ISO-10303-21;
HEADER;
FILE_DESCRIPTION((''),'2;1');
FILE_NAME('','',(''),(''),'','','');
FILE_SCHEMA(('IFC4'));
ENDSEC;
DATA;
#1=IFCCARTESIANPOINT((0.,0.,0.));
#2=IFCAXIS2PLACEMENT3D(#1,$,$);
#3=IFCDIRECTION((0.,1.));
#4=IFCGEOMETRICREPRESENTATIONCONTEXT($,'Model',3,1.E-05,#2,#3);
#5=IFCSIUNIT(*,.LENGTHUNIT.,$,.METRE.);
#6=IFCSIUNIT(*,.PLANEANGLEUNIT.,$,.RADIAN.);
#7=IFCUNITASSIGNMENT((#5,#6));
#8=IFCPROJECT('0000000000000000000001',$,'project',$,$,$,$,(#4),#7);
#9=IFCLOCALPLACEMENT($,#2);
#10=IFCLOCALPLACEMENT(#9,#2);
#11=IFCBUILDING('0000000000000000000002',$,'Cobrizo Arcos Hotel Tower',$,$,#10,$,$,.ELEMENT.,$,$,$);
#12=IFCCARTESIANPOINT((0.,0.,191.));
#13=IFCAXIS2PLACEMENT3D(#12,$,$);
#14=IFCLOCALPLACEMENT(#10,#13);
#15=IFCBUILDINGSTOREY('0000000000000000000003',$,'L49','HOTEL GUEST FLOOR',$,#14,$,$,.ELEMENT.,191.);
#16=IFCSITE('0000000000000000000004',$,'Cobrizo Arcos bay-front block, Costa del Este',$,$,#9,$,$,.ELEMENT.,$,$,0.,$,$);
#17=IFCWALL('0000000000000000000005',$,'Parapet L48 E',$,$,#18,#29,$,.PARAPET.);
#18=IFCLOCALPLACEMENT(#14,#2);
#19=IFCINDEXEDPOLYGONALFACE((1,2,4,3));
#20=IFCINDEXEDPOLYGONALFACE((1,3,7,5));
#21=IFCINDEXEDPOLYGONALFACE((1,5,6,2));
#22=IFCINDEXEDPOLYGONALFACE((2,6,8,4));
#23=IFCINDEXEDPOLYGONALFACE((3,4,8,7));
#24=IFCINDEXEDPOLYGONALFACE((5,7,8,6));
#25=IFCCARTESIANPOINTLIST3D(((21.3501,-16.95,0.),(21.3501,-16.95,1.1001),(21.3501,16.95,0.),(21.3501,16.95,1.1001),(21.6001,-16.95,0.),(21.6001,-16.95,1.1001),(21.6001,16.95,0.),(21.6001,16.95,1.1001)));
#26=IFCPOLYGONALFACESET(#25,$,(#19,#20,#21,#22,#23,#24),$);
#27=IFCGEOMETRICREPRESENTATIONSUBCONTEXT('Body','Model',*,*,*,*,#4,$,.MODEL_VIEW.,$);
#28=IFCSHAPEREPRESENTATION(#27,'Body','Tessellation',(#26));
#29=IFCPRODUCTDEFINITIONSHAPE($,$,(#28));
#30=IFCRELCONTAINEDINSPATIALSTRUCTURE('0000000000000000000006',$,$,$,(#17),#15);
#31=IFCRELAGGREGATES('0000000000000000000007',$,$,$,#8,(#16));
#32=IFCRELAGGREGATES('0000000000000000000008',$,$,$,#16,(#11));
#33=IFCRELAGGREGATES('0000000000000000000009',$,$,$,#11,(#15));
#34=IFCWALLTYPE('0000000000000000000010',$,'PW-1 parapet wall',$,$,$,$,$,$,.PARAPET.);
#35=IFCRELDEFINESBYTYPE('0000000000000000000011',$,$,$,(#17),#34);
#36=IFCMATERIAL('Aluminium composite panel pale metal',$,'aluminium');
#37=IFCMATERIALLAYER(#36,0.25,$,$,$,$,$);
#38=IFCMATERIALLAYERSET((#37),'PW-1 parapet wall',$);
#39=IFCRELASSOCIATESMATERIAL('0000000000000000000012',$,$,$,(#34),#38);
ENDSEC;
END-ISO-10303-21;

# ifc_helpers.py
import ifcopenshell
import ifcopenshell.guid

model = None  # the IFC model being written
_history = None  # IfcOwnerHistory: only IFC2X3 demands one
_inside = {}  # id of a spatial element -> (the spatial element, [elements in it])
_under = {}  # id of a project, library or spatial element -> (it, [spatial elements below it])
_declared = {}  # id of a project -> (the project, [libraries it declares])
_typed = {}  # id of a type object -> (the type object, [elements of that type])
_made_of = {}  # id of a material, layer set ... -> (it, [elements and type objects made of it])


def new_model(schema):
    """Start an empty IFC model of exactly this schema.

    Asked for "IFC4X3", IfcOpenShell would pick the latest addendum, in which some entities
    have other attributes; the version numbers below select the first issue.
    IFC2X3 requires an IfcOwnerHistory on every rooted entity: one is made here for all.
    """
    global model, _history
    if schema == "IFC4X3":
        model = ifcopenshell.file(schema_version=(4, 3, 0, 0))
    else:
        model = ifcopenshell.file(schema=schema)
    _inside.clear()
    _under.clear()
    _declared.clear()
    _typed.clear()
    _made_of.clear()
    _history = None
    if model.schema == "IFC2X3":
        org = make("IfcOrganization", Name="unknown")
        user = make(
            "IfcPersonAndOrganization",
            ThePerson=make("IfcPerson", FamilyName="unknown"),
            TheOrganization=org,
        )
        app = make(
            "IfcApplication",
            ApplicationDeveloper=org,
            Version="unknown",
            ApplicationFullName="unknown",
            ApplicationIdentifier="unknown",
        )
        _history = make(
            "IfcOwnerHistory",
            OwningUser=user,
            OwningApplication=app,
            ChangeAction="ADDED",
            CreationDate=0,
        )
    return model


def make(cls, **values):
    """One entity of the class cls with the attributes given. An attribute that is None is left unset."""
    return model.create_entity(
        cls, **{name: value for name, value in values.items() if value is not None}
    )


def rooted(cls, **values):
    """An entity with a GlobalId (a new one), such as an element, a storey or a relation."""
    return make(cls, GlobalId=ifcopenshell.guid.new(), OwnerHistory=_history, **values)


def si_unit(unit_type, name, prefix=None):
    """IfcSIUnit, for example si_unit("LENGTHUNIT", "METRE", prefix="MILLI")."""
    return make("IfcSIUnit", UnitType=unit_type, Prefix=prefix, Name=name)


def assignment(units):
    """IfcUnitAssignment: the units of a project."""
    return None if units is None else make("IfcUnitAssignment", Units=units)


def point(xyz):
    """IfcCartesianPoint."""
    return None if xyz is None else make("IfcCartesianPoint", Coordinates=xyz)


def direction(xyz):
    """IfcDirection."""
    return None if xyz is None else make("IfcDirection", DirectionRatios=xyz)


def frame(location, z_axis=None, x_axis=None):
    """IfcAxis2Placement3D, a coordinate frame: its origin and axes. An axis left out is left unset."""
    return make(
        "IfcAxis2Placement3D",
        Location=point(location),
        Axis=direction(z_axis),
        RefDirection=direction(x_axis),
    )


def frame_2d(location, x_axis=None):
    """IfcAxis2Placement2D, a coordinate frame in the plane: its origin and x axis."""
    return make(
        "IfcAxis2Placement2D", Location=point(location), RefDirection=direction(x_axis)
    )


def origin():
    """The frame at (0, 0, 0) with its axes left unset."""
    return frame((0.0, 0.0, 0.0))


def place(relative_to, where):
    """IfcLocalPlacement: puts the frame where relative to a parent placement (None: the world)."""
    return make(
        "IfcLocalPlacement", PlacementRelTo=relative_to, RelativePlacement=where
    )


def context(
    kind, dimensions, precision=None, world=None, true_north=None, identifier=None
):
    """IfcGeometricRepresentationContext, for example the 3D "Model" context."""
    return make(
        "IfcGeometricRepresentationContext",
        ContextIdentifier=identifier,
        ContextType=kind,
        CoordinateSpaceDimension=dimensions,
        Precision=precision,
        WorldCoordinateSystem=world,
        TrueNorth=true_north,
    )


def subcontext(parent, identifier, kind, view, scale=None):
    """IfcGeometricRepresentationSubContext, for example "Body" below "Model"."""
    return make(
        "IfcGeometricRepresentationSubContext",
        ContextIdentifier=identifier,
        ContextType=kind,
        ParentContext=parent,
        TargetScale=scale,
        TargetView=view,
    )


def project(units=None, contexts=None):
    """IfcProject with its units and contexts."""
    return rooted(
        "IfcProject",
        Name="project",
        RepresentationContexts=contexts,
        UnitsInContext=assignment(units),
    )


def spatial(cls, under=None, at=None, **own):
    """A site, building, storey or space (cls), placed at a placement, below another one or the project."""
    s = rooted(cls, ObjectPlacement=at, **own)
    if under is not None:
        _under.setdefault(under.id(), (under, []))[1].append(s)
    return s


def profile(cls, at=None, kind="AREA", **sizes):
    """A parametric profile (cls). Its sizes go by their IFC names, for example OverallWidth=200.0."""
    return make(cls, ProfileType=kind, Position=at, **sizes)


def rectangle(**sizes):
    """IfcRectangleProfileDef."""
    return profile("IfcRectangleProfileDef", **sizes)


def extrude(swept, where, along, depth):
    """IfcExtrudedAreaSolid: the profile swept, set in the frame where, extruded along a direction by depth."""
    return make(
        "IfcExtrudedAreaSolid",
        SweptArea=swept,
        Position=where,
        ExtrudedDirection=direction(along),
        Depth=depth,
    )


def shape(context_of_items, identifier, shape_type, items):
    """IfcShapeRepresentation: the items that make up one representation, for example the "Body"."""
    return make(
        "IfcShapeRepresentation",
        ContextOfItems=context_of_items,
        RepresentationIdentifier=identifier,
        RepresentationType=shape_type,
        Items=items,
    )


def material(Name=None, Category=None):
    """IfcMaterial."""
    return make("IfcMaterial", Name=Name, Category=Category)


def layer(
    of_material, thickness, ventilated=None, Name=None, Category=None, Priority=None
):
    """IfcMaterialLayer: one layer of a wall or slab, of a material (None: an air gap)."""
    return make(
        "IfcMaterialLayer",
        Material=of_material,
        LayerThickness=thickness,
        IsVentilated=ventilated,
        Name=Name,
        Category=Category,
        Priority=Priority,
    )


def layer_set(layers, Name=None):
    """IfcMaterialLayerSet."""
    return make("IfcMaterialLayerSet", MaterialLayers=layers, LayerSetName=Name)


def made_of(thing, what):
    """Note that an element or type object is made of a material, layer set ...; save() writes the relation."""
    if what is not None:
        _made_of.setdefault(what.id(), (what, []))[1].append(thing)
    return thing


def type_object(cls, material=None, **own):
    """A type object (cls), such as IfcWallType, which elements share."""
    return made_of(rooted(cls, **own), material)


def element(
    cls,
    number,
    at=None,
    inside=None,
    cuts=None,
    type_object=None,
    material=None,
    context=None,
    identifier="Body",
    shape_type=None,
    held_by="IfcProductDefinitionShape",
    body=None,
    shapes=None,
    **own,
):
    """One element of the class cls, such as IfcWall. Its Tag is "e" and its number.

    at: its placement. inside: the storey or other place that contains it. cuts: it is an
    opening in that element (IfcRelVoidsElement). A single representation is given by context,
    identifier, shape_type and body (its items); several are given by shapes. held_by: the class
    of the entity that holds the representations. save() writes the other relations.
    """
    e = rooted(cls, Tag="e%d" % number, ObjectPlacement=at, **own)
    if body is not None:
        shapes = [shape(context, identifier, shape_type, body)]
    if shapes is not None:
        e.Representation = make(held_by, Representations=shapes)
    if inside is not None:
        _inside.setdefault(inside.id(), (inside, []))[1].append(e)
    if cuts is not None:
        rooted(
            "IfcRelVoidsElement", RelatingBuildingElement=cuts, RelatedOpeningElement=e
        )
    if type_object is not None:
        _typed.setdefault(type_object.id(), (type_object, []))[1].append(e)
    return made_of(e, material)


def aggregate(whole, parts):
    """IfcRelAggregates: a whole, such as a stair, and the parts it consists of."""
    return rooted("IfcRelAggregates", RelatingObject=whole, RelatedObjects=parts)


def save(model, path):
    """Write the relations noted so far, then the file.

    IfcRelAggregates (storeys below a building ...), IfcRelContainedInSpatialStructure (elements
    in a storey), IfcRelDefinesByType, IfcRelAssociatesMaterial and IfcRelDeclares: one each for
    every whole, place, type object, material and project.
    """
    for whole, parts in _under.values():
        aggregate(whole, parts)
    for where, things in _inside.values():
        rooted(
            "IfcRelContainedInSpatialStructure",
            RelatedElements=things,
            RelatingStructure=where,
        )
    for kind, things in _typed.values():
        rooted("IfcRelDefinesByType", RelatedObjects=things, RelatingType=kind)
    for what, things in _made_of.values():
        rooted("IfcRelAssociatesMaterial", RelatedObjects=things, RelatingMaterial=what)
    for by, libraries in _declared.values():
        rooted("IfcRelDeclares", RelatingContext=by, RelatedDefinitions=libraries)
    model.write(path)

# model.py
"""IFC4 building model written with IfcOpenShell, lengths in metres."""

from ifc_helpers import new_model, si_unit, direction, frame, frame_2d, origin, place, context, subcontext, project, spatial, rectangle, extrude, material, layer, layer_set, type_object, element, save


model = new_model("IFC4")

# Units and contexts
model_context = context("Model", 3, precision=1e-05, world=origin(), true_north=direction((0.0, 1.0)))
body_context = subcontext(model_context, "Body", "Model", "MODEL_VIEW")
ifc_project = project(units=[si_unit("LENGTHUNIT", "METRE"), si_unit("PLANEANGLEUNIT", "RADIAN")], contexts=[model_context])

# Site, building, storey
site_placement = place(None, origin())
site = spatial("IfcSite", under=ifc_project, at=site_placement, Name="Cobrizo Arcos bay-front block, Costa del Este", CompositionType="ELEMENT", RefElevation=0.0)
building_placement = place(site_placement, origin())
building = spatial("IfcBuilding", under=site, at=building_placement, Name="Cobrizo Arcos Hotel Tower", CompositionType="ELEMENT")
storey_placement = place(building_placement, frame((0.0, 0.0, 191.0)))
storey = spatial("IfcBuildingStorey", under=building, at=storey_placement, Name="L49", Description="HOTEL GUEST FLOOR", CompositionType="ELEMENT", Elevation=191.0)

# Shared definitions
ifc_material_1 = material(Name="Aluminium composite panel pale metal", Category="aluminium")

# Wall
ifc_layer_1 = layer(ifc_material_1, 0.25)
ifc_layer_set_1 = layer_set([ifc_layer_1], Name="PW-1 parapet wall")
wall_type = type_object("IfcWallType", Name="PW-1 parapet wall", PredefinedType="PARAPET", material=ifc_layer_set_1)
wall_1_placement = place(storey_placement, frame((21.4751, -16.95, 0.0), z_axis=(0.0, 0.0, 1.0), x_axis=(0.0, 1.0, 0.0)))
element("IfcWall", 1, at=wall_1_placement, inside=storey, type_object=wall_type, Name="Parapet L48 E", PredefinedType="PARAPET", context=body_context, shape_type="SweptSolid", body=[
    extrude(rectangle(XDim=33.8999, YDim=0.25, at=frame_2d((16.95, 0.0))), origin(), (0.0, 0.0, 1.0), 1.1001),
])

save(model, "model.ifc")
